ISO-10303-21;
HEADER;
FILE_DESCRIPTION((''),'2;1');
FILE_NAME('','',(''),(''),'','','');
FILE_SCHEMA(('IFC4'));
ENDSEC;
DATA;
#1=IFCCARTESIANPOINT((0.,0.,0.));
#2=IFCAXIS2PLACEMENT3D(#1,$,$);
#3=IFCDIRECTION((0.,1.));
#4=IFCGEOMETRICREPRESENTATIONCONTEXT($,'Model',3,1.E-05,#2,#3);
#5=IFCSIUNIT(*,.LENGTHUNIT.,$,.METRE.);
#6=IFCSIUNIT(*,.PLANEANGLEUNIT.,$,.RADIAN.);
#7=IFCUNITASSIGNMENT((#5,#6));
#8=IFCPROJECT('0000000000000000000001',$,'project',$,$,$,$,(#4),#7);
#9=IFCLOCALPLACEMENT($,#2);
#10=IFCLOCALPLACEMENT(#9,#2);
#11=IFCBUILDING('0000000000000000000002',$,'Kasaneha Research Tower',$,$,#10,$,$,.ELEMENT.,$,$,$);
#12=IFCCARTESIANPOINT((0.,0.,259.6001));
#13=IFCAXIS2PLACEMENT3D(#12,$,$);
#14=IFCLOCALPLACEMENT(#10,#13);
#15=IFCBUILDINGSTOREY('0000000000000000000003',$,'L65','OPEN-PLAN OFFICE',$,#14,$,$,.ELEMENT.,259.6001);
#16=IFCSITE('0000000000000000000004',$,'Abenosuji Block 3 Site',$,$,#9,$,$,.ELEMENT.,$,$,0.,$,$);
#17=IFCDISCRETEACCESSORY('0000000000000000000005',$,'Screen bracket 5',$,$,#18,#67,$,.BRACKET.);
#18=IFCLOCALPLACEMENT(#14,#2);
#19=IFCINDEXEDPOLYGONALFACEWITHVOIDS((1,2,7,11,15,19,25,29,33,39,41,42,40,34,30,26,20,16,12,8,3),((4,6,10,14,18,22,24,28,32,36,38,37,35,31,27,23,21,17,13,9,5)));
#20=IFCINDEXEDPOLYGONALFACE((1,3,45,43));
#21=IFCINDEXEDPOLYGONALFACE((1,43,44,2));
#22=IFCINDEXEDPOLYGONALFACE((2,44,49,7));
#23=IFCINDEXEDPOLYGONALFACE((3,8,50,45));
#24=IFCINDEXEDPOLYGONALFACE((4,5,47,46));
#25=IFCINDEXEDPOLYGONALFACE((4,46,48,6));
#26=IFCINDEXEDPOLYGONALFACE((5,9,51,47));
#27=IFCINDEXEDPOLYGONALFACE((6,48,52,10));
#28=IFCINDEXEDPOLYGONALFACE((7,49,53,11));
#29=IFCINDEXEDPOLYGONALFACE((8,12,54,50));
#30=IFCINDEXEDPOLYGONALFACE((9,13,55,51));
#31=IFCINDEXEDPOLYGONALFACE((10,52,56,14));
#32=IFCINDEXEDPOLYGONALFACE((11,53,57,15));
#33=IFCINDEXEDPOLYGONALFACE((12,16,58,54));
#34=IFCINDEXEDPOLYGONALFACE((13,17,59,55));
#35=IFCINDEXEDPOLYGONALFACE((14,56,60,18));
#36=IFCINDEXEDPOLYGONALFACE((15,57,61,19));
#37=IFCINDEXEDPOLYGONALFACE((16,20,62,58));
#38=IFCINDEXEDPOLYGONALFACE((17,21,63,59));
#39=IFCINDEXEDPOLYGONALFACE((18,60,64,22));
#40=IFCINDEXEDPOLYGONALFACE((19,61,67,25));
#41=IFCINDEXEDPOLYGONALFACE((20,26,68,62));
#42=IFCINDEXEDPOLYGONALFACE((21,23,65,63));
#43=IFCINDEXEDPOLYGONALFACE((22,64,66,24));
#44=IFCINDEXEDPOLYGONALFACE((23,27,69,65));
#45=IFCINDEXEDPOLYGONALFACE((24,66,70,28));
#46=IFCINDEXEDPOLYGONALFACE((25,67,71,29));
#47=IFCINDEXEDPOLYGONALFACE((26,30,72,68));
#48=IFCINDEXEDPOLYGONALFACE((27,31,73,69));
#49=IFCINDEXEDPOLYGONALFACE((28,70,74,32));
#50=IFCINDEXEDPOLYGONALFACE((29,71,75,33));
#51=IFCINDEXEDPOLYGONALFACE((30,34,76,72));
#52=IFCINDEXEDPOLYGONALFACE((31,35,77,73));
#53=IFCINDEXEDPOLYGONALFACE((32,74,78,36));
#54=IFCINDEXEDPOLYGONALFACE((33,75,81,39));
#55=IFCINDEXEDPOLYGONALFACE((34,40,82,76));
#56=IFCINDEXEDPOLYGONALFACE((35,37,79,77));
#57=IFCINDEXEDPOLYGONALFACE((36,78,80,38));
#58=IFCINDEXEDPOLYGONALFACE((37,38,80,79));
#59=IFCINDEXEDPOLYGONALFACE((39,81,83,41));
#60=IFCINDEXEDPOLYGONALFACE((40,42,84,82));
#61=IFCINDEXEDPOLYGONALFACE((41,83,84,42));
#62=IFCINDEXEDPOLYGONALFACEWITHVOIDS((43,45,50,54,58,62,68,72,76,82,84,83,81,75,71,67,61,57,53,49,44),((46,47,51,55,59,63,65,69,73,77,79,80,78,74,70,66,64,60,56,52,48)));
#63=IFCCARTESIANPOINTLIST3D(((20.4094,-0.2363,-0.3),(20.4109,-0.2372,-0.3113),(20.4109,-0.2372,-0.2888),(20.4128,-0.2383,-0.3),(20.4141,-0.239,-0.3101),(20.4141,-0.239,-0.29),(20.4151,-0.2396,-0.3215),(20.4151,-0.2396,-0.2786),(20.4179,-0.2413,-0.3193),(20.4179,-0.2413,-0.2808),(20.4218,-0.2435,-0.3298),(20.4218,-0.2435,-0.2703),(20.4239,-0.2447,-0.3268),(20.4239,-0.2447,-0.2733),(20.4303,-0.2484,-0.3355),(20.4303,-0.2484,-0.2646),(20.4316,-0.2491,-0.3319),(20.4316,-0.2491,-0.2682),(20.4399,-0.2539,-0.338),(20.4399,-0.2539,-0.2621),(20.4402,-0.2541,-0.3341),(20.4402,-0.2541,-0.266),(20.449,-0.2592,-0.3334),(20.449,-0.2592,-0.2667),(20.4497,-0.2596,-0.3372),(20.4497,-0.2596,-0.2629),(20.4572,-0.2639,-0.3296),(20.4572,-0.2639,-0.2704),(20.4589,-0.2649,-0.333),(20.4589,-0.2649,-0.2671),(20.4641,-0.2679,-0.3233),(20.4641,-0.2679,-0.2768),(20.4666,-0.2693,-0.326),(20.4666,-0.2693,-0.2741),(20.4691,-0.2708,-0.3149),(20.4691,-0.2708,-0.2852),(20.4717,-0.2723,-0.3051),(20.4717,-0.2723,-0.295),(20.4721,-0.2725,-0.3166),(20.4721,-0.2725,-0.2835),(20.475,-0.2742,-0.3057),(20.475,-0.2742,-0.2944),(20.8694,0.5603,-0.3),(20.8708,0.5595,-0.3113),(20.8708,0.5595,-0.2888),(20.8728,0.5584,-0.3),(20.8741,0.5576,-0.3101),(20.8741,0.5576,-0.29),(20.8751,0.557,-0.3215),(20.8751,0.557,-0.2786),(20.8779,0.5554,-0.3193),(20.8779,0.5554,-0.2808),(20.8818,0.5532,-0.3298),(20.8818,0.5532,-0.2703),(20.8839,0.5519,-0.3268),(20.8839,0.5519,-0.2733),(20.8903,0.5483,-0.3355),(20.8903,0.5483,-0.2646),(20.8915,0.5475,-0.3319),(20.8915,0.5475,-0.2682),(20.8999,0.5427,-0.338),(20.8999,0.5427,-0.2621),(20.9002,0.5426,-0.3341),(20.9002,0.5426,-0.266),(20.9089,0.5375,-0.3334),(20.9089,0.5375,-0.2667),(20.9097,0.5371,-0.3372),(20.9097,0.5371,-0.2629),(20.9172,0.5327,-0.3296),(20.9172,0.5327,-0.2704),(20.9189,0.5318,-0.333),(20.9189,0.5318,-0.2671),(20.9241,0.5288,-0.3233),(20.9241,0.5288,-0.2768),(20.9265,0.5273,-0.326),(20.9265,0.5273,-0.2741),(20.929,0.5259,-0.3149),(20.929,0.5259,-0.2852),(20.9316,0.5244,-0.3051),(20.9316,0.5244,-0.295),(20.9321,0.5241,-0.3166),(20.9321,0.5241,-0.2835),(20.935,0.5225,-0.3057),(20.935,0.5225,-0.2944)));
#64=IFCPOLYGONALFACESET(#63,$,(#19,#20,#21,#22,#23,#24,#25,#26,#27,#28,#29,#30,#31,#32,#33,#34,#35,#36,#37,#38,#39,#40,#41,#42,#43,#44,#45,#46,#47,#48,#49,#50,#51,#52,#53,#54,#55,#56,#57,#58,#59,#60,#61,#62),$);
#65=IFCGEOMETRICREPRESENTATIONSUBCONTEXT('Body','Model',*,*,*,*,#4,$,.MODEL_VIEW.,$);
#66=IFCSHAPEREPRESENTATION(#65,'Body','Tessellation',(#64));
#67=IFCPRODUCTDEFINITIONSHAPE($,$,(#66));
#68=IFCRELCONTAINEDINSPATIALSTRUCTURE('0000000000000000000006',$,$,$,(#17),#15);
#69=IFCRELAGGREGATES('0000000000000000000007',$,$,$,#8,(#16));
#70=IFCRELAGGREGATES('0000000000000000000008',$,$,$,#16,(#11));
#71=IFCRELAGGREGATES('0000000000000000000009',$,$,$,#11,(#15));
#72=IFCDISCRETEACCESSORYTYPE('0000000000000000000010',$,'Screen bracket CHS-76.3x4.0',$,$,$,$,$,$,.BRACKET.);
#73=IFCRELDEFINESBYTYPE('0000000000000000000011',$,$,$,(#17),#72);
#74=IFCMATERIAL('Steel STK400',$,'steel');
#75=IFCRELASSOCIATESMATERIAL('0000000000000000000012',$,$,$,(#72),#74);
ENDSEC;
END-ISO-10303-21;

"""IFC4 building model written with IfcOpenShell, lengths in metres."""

from ifc_helpers import new_model, si_unit, direction, frame, origin, origin_2d, place, context, subcontext, project, spatial, hollow_circle, extrude, material, material_profile, profile_set, type_object, element, save


model = new_model("IFC4")

# Units and contexts
model_context = context("Model", 3, precision=1e-05, world=origin(), true_north=direction((0.0, 1.0)))
body_context = subcontext(model_context, "Body", "Model", "MODEL_VIEW")
ifc_project = project(units=[si_unit("LENGTHUNIT", "METRE"), si_unit("PLANEANGLEUNIT", "RADIAN")], contexts=[model_context])

# Site, building, storey
site_placement = place(None, origin())
site = spatial("IfcSite", under=ifc_project, at=site_placement, Name="Abenosuji Block 3 Site", CompositionType="ELEMENT", RefElevation=0.0)
building_placement = place(site_placement, origin())
building = spatial("IfcBuilding", under=site, at=building_placement, Name="Kasaneha Research Tower", CompositionType="ELEMENT")
storey_placement = place(building_placement, frame((0.0, 0.0, 259.6001)))
storey = spatial("IfcBuildingStorey", under=building, at=storey_placement, Name="L65", Description="OPEN-PLAN OFFICE", CompositionType="ELEMENT", Elevation=259.6001)

# Discrete accessory
ifc_material_1 = material(Name="Steel STK400", Category="steel")
ifc_material_profile_1 = material_profile(ifc_material_1, hollow_circle(Radius=0.0381, WallThickness=0.0039, at=origin_2d()), Name="CHS-76.3x4.0")
ifc_profile_set_1 = profile_set([ifc_material_profile_1], Name="Steel STK400")
discrete_accessory_type = type_object("IfcDiscreteAccessoryType", Name="Screen bracket CHS-76.3x4.0", PredefinedType="BRACKET", material=ifc_profile_set_1)
discrete_accessory_1_placement = place(storey_placement, frame((20.4424, -0.2554, -0.3), z_axis=(0.500021, 0.866013, 0.0), x_axis=(-0.866013, 0.500021, 0.0)))
element("IfcDiscreteAccessory", 1, at=discrete_accessory_1_placement, inside=storey, type_object=discrete_accessory_type, Name="Screen bracket 5", PredefinedType="BRACKET", context=body_context, shape_type="SweptSolid", body=[
    extrude(hollow_circle(Radius=0.0381, WallThickness=0.0039, at=origin_2d()), origin(), (0.0, 0.0, 1.0), 0.9199),
])

save(model, "model.ifc")
